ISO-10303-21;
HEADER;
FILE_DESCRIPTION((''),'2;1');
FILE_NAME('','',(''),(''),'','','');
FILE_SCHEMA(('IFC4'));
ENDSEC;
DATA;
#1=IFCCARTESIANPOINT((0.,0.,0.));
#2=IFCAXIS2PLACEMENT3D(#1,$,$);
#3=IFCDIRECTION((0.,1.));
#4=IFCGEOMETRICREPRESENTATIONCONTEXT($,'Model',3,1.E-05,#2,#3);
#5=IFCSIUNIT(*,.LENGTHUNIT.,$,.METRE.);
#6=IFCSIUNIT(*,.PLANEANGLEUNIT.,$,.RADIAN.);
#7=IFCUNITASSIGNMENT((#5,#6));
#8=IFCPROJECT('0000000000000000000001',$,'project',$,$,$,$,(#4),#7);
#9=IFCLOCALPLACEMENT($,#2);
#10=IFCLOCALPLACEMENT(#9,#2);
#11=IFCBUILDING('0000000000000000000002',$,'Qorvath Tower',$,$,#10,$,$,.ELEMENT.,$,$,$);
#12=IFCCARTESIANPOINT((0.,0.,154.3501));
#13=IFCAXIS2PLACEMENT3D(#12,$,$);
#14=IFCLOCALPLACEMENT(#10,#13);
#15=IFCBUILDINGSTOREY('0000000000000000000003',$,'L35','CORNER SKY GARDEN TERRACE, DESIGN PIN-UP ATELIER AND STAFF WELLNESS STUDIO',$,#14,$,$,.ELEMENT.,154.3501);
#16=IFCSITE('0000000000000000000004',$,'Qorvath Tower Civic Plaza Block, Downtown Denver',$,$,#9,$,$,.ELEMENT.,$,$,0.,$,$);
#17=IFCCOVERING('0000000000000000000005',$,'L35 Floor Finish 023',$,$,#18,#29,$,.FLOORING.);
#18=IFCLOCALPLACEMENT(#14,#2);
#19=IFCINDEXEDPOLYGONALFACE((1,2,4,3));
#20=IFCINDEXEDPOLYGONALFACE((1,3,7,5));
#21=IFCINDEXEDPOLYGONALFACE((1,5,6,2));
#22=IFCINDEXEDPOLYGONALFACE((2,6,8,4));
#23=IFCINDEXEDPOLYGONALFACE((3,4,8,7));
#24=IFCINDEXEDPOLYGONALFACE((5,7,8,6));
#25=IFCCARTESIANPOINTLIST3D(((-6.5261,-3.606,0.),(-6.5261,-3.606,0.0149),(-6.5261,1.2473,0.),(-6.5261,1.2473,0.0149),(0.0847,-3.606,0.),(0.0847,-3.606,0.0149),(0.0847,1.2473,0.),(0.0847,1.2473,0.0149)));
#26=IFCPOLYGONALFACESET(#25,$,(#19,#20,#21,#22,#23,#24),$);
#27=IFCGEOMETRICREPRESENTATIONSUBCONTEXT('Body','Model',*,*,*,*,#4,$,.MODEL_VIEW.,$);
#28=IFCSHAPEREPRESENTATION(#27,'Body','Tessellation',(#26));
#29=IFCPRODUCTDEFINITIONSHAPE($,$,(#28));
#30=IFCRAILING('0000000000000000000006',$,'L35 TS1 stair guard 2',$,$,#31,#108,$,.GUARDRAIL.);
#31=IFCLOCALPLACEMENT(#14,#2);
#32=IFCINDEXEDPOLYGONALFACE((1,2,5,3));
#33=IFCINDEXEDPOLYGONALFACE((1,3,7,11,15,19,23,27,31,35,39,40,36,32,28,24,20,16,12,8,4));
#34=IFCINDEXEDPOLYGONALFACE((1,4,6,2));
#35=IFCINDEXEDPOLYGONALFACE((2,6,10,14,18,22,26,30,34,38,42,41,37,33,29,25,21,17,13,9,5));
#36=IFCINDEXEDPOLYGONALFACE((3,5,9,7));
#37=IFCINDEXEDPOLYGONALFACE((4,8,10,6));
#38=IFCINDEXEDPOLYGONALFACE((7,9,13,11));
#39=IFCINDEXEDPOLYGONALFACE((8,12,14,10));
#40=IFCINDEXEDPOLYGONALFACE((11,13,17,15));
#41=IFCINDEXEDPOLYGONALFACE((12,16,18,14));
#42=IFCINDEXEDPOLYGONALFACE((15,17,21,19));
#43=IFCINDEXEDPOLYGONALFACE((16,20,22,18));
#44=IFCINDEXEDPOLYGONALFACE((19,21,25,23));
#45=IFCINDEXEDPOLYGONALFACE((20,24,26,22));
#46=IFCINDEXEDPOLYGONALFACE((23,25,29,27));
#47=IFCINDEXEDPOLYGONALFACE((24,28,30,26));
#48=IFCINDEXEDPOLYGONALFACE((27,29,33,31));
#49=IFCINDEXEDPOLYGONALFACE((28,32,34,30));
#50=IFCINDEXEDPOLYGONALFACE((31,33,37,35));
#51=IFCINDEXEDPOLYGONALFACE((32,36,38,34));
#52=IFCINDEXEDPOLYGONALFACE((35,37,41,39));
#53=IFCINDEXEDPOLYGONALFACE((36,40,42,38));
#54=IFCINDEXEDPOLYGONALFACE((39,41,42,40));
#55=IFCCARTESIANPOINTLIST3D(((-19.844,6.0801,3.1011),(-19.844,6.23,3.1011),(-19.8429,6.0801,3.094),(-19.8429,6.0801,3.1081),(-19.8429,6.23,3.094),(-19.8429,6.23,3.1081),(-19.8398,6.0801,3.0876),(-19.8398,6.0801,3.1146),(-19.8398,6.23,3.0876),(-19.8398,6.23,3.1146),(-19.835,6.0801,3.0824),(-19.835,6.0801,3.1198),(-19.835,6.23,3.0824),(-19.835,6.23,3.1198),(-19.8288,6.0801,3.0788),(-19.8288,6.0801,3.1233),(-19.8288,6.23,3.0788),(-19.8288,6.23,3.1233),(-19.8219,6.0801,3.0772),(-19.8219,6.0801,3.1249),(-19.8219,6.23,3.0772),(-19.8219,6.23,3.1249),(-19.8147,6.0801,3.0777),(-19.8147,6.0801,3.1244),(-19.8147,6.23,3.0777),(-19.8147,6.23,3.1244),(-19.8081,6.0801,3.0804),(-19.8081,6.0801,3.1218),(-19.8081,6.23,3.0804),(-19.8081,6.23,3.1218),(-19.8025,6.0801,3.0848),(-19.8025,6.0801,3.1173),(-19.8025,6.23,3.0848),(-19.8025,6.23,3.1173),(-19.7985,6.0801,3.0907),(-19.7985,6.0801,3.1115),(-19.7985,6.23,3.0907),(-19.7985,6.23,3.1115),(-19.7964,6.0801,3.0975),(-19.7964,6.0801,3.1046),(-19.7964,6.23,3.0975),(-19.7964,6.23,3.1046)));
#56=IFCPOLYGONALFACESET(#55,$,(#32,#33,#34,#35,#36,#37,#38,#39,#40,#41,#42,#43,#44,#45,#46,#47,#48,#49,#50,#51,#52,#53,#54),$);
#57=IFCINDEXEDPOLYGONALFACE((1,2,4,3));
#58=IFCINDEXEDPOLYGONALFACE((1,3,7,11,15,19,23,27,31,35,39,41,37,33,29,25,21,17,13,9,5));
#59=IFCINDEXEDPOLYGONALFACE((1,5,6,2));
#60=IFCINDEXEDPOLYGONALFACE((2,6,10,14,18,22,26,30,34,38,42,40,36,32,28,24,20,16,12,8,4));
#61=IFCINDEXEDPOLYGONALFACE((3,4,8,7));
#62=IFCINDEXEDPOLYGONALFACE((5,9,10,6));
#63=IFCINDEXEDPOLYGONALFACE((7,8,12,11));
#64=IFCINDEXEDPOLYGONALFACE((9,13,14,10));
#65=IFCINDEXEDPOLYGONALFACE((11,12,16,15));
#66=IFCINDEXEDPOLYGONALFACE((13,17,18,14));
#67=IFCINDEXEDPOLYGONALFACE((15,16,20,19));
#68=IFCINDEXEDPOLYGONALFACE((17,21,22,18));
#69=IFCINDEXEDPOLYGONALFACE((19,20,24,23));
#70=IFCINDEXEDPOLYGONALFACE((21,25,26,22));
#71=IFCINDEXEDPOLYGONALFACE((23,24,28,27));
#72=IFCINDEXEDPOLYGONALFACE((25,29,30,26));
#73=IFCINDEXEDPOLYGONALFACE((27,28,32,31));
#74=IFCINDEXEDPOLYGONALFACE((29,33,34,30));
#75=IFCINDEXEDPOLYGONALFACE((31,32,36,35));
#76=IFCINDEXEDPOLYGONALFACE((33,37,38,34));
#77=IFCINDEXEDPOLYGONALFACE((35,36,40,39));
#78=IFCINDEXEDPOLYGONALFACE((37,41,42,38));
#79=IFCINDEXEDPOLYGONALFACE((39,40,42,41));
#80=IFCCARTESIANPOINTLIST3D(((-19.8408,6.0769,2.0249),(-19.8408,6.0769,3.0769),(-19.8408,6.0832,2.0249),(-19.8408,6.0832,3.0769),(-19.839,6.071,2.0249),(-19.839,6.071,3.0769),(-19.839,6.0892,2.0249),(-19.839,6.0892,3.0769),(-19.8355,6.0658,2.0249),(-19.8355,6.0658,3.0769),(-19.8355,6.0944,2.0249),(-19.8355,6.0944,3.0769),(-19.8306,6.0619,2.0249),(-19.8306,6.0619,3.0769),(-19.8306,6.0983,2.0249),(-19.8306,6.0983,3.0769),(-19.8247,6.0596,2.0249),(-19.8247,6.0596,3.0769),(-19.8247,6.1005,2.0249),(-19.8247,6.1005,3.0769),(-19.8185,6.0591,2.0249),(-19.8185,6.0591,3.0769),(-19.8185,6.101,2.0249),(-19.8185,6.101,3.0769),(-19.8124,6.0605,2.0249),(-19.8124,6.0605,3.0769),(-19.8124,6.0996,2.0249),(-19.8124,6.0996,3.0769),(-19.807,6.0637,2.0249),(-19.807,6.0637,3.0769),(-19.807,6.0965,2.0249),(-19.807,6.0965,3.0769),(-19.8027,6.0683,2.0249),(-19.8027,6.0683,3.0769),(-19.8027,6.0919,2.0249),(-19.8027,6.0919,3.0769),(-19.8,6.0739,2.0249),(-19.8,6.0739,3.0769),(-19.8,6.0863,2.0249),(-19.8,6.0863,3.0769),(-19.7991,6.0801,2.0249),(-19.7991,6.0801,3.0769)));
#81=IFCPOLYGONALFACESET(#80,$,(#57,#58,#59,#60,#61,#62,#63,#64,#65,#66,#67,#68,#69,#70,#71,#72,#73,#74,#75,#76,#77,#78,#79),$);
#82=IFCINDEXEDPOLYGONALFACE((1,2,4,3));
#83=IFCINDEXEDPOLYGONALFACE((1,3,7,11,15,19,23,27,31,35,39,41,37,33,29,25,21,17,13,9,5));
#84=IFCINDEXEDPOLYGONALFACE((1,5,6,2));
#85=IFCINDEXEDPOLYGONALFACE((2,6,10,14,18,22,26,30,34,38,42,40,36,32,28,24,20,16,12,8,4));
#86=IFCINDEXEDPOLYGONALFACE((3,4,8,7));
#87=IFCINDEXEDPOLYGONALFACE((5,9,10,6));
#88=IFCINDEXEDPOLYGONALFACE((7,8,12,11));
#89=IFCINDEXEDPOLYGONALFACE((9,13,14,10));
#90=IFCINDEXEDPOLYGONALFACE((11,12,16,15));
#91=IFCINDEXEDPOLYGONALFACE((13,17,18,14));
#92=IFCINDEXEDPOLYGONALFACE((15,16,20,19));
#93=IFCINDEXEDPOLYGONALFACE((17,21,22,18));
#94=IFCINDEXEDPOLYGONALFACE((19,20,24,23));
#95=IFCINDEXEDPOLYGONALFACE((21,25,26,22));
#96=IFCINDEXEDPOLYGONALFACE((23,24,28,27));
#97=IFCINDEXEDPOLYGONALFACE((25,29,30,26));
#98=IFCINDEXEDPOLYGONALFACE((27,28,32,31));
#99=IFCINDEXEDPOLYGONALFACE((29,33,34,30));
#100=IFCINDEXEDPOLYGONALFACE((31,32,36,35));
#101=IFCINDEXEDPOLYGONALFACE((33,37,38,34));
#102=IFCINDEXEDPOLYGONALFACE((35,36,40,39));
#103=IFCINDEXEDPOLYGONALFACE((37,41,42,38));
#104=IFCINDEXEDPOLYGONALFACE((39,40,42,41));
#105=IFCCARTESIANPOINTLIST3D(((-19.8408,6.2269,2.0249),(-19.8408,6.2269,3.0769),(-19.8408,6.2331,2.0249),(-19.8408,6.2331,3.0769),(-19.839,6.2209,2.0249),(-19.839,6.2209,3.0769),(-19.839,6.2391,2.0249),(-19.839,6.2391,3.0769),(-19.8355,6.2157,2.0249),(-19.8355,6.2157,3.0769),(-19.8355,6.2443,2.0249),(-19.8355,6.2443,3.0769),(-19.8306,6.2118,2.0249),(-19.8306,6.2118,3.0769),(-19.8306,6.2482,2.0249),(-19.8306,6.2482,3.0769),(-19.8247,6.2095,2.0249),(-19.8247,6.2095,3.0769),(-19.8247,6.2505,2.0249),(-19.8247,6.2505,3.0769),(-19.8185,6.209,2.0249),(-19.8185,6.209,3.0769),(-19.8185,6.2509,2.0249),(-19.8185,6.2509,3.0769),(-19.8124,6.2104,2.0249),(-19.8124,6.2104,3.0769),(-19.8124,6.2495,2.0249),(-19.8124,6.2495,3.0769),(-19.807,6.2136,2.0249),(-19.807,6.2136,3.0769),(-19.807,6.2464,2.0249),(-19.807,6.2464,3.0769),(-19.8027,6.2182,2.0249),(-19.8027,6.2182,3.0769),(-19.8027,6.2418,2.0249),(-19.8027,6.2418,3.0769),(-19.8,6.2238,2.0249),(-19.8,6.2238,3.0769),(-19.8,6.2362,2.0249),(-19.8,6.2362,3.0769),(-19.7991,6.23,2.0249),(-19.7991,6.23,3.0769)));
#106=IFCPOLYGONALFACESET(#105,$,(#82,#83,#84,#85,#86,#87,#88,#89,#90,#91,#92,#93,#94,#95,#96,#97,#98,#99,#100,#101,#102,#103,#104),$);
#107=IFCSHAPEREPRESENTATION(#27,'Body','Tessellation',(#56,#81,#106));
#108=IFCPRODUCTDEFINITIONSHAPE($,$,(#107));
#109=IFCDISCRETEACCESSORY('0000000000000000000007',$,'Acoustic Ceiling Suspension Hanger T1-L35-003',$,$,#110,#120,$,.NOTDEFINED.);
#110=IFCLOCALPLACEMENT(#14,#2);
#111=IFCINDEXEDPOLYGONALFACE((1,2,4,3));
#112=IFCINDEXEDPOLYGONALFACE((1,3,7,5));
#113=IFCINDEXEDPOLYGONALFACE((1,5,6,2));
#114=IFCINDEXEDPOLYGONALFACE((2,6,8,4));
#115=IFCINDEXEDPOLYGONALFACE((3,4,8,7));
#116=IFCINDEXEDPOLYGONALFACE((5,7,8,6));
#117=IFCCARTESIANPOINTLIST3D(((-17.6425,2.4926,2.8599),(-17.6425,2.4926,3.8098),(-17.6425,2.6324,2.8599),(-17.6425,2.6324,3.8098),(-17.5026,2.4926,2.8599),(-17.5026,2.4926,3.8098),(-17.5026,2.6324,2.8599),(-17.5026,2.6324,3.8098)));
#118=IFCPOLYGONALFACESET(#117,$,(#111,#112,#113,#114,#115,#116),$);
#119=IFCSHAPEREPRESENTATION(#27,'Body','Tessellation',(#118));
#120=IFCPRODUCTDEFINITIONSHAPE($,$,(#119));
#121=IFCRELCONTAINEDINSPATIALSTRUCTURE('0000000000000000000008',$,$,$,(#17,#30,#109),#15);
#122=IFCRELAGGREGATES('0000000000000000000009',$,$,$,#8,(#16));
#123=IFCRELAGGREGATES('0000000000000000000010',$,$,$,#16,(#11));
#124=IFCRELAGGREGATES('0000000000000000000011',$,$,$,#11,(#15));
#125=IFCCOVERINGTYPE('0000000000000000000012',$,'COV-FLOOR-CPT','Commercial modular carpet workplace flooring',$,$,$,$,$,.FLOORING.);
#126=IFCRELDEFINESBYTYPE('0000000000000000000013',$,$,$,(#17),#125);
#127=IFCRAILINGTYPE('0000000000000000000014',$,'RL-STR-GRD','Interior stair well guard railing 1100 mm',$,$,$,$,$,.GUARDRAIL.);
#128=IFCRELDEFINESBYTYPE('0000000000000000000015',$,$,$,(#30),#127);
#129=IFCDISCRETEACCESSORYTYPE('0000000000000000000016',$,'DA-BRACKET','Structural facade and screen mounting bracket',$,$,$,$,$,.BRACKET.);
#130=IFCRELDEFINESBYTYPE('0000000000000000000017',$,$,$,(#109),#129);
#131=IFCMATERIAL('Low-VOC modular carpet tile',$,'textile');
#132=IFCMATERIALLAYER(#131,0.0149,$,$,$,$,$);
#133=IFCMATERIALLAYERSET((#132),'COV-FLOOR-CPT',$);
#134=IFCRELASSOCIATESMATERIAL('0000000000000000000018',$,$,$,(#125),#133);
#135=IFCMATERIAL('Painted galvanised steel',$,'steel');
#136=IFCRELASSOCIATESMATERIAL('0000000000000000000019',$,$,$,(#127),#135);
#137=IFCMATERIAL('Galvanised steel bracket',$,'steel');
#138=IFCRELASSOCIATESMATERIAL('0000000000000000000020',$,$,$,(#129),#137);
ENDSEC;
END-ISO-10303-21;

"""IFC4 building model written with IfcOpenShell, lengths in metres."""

from ifc_helpers import new_model, si_unit, direction, frame, origin, origin_2d, place, context, subcontext, project, spatial, polyline, rectangle, circle, outline, extrude, material, layer, layer_set, type_object, element, save


model = new_model("IFC4")

# Units and contexts
model_context = context("Model", 3, precision=1e-05, world=origin(), true_north=direction((0.0, 1.0)))
body_context = subcontext(model_context, "Body", "Model", "MODEL_VIEW")
ifc_project = project(units=[si_unit("LENGTHUNIT", "METRE"), si_unit("PLANEANGLEUNIT", "RADIAN")], contexts=[model_context])

# Site, building, storey
site_placement = place(None, origin())
site = spatial("IfcSite", under=ifc_project, at=site_placement, Name="Qorvath Tower Civic Plaza Block, Downtown Denver", CompositionType="ELEMENT", RefElevation=0.0)
building_placement = place(site_placement, origin())
building = spatial("IfcBuilding", under=site, at=building_placement, Name="Qorvath Tower", CompositionType="ELEMENT")
storey_placement = place(building_placement, frame((0.0, 0.0, 154.3501)))
storey = spatial("IfcBuildingStorey", under=building, at=storey_placement, Name="L35", Description="CORNER SKY GARDEN TERRACE, DESIGN PIN-UP ATELIER AND STAFF WELLNESS STUDIO", CompositionType="ELEMENT", Elevation=154.3501)

# Covering
ifc_material_1 = material(Name="Low-VOC modular carpet tile", Category="textile")
ifc_layer_1 = layer(ifc_material_1, 0.0149)
ifc_layer_set_1 = layer_set([ifc_layer_1], Name="COV-FLOOR-CPT")
covering_type_1 = type_object("IfcCoveringType", Name="COV-FLOOR-CPT", Description="Commercial modular carpet workplace flooring", PredefinedType="FLOORING", material=ifc_layer_set_1)
covering_1_placement = place(storey_placement, origin())
element("IfcCovering", 1, at=covering_1_placement, inside=storey, type_object=covering_type_1, Name="L35 Floor Finish 023", PredefinedType="FLOORING", context=body_context, shape_type="SweptSolid", body=[
    extrude(outline(polyline([(-6.5261, 1.2473), (-6.5261, -3.606), (0.0847, -3.606), (0.0847, 1.2473), (-6.5261, 1.2473)])), origin(), (0.0, 0.0, 1.0), 0.0149),
])

# Railing
ifc_material_2 = material(Name="Painted galvanised steel", Category="steel")
railing_type = type_object("IfcRailingType", Name="RL-STR-GRD", Description="Interior stair well guard railing 1100 mm", PredefinedType="GUARDRAIL", material=ifc_material_2)
railing_placement = place(storey_placement, frame((-19.8201, 6.0801, 2.0249)))
element("IfcRailing", 2, at=railing_placement, inside=storey, type_object=railing_type, Name="L35 TS1 stair guard 2", PredefinedType="GUARDRAIL", context=body_context, shape_type="SweptSolid", body=[
    extrude(circle(Radius=0.0239, at=origin_2d()), frame((0.0, 0.0, 1.0762), z_axis=(0.0, 1.0, 0.0), x_axis=(-1.0, 0.0, 0.0)), (0.0, 0.0, 1.0), 0.1499),
    extrude(circle(Radius=0.021, at=origin_2d()), origin(), (0.0, 0.0, 1.0), 1.052),
    extrude(circle(Radius=0.021, at=origin_2d()), frame((0.0, 0.1499, 0.0)), (0.0, 0.0, 1.0), 1.052),
])

# Discrete accessory
ifc_material_3 = material(Name="Galvanised steel bracket", Category="steel")
discrete_accessory_type = type_object("IfcDiscreteAccessoryType", Name="DA-BRACKET", Description="Structural facade and screen mounting bracket", PredefinedType="BRACKET", material=ifc_material_3)
discrete_accessory_placement = place(storey_placement, frame((-17.5725, 2.5625, 2.8599), z_axis=(0.0, 0.0, 1.0), x_axis=(1.0, 0.0, 0.0)))
element("IfcDiscreteAccessory", 3, at=discrete_accessory_placement, inside=storey, type_object=discrete_accessory_type, Name="Acoustic Ceiling Suspension Hanger T1-L35-003", PredefinedType="NOTDEFINED", context=body_context, shape_type="SweptSolid", body=[
    extrude(rectangle(XDim=0.1399, YDim=0.1399, at=origin_2d()), origin(), (0.0, 0.0, 1.0), 0.95),
])

save(model, "model.ifc")
